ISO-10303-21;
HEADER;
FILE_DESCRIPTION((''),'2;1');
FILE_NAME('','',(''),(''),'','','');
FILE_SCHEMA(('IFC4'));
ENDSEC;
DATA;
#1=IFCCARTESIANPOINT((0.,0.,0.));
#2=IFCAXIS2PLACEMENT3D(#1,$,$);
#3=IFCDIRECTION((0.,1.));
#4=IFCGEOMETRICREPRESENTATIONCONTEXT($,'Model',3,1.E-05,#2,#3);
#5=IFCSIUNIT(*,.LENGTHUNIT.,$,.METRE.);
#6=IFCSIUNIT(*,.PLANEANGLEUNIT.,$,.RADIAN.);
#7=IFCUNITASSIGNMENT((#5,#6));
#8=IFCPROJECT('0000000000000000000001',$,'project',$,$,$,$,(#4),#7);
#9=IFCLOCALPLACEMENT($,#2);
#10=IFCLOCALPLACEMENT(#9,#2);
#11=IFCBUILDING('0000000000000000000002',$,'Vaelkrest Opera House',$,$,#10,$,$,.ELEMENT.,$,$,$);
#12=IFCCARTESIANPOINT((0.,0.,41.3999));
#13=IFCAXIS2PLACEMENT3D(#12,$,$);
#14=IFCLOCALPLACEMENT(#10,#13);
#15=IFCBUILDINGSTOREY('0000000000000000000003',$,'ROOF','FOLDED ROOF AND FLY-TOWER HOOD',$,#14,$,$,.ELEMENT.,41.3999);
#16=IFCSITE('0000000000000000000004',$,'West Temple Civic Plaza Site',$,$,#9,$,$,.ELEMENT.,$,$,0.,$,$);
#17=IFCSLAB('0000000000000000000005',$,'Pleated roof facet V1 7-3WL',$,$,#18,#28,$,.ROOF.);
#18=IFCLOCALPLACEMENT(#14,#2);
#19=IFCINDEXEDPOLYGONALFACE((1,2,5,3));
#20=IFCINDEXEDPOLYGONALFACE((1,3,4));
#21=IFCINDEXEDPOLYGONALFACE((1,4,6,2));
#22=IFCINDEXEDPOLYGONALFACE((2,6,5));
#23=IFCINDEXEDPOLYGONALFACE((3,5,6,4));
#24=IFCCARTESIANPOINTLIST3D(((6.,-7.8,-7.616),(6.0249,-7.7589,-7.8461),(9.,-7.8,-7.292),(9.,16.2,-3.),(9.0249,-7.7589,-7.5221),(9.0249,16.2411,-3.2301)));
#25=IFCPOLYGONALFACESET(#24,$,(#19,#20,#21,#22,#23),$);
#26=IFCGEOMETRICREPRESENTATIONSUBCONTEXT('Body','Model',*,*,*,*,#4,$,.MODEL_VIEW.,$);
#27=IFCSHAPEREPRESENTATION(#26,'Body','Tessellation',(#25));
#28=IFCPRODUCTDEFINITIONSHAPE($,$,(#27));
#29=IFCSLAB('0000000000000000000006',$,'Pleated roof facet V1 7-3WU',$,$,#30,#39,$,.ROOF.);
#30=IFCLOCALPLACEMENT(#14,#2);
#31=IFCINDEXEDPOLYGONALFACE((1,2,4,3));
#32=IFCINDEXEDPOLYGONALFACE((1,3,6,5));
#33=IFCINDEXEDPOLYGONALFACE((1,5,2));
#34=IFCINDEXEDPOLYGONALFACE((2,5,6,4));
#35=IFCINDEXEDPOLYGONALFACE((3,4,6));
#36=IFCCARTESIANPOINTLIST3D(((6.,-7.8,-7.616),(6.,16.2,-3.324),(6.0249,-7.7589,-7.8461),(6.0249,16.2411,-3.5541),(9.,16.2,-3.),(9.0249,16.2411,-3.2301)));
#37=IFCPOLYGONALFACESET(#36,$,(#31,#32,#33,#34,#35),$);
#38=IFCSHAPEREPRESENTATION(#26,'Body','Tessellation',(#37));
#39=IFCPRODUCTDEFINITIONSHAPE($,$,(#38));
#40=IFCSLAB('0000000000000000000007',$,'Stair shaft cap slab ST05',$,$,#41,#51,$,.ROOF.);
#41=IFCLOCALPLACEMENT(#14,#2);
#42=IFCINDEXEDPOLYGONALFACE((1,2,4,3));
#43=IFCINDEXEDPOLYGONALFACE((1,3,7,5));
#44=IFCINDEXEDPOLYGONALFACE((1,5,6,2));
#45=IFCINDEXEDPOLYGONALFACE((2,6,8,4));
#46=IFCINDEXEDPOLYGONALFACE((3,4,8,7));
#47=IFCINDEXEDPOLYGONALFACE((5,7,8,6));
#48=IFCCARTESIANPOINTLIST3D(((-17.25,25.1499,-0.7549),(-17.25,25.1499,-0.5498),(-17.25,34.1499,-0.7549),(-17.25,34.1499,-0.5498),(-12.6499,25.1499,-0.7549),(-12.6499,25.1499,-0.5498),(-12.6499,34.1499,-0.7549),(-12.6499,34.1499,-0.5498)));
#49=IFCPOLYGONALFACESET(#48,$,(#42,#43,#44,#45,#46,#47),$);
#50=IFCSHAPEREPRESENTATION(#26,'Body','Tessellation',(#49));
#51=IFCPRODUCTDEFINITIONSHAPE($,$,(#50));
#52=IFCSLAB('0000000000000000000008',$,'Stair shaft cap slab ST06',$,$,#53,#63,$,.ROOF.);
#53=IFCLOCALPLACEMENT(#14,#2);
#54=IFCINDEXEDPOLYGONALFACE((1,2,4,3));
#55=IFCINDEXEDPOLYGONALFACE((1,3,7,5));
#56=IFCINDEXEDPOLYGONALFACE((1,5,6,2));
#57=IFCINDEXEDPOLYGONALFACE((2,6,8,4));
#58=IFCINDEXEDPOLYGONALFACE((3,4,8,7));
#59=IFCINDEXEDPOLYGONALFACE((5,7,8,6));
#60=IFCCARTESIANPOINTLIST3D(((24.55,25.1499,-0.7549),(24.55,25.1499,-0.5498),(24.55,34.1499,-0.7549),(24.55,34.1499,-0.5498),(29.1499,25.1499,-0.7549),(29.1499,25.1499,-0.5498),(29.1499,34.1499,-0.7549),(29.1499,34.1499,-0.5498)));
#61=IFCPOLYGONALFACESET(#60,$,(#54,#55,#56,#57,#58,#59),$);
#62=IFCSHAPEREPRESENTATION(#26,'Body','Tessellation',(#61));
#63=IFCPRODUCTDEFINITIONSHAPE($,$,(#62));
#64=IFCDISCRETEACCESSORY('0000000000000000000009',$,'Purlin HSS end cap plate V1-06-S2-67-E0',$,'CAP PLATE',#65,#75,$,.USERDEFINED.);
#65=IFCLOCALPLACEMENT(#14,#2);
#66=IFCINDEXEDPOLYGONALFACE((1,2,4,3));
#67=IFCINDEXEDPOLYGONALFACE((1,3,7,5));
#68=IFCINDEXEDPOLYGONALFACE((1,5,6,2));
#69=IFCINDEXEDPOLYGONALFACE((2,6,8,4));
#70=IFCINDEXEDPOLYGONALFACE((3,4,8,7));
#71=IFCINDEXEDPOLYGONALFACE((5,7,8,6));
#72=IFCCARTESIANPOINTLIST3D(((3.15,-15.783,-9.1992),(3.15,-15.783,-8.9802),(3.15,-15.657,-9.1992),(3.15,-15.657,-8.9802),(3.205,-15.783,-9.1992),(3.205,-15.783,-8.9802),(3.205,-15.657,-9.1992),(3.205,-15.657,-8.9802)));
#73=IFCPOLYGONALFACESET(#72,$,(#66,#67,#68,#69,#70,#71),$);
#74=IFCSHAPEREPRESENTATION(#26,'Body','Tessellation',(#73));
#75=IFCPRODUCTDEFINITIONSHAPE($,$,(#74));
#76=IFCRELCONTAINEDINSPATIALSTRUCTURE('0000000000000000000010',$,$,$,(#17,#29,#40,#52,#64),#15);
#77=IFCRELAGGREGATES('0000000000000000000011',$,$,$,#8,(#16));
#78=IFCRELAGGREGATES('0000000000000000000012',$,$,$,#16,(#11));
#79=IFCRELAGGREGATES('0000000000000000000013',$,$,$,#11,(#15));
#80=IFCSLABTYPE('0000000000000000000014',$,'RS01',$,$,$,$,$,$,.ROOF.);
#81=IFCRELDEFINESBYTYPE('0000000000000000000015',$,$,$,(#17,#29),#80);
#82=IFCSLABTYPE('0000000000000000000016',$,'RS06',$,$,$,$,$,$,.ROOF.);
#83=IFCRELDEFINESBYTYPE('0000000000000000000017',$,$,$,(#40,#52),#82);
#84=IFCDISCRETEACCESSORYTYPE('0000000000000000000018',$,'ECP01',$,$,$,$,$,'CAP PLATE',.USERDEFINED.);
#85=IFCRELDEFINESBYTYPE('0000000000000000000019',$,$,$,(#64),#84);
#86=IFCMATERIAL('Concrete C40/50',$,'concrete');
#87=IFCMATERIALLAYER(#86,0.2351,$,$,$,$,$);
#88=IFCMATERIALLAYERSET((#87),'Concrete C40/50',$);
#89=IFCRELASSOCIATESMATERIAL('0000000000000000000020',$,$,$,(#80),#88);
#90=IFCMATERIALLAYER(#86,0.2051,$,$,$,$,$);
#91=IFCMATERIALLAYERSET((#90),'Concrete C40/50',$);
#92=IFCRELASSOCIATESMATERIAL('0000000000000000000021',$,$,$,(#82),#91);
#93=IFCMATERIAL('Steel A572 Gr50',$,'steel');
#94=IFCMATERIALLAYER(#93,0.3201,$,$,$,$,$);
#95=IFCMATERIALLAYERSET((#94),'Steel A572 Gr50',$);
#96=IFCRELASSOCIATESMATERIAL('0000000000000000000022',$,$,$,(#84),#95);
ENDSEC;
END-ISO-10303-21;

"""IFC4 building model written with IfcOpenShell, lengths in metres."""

from ifc_helpers import new_model, si_unit, direction, frame, origin, origin_2d, place, context, subcontext, project, spatial, polyline, rectangle, outline, extrude, material, layer, layer_set, type_object, element, save


model = new_model("IFC4")

# Units and contexts
model_context = context("Model", 3, precision=1e-05, world=origin(), true_north=direction((0.0, 1.0)))
body_context = subcontext(model_context, "Body", "Model", "MODEL_VIEW")
ifc_project = project(units=[si_unit("LENGTHUNIT", "METRE"), si_unit("PLANEANGLEUNIT", "RADIAN")], contexts=[model_context])

# Site, building, storey
site_placement = place(None, origin())
site = spatial("IfcSite", under=ifc_project, at=site_placement, Name="West Temple Civic Plaza Site", CompositionType="ELEMENT", RefElevation=0.0)
building_placement = place(site_placement, origin())
building = spatial("IfcBuilding", under=site, at=building_placement, Name="Vaelkrest Opera House", CompositionType="ELEMENT")
storey_placement = place(building_placement, frame((0.0, 0.0, 41.3999)))
storey = spatial("IfcBuildingStorey", under=building, at=storey_placement, Name="ROOF", Description="FOLDED ROOF AND FLY-TOWER HOOD", CompositionType="ELEMENT", Elevation=41.3999)

# Shared definitions
ifc_material_1 = material(Name="Steel A572 Gr50", Category="steel")

# Slabs
ifc_material_2 = material(Name="Concrete C40/50", Category="concrete")
ifc_layer_1 = layer(ifc_material_2, 0.2351)
ifc_layer_set_1 = layer_set([ifc_layer_1], Name="Concrete C40/50")
slab_type_1 = type_object("IfcSlabType", Name="RS01", PredefinedType="ROOF", material=ifc_layer_set_1)
slab_1_placement = place(storey_placement, frame((6.0, -7.8, -7.616), z_axis=(-0.105709, -0.175054, 0.978868), x_axis=(0.994219, 0.0, 0.107367)))
element("IfcSlab", 1, at=slab_1_placement, inside=storey, type_object=slab_type_1, Name="Pleated roof facet V1 7-3WL", PredefinedType="ROOF", context=body_context, shape_type="SweptSolid", body=[
    extrude(outline(polyline([(0.0, 0.0), (3.0174, 0.0), (3.4783, 24.3764), (0.0, 0.0)])), origin(), (0.0, 0.0, -1.0), 0.2351),
])
slab_2_placement = place(storey_placement, frame((6.0, -7.8, -7.616), z_axis=(-0.105709, -0.175054, 0.978868), x_axis=(0.121836, 0.974686, 0.187463)))
element("IfcSlab", 2, at=slab_2_placement, inside=storey, type_object=slab_type_1, Name="Pleated roof facet V1 7-3WU", PredefinedType="ROOF", context=body_context, shape_type="SweptSolid", body=[
    extrude(outline(polyline([(0.0, 0.0), (24.6233, 0.0), (24.1971, 2.9872), (0.0, 0.0)])), origin(), (0.0, 0.0, -1.0), 0.2351),
])
ifc_layer_2 = layer(ifc_material_2, 0.2051)
ifc_layer_set_2 = layer_set([ifc_layer_2], Name="Concrete C40/50")
slab_type_2 = type_object("IfcSlabType", Name="RS06", PredefinedType="ROOF", material=ifc_layer_set_2)
slab_3_placement = place(storey_placement, frame((0.0, 0.0, -0.7549)))
element("IfcSlab", 3, at=slab_3_placement, inside=storey, type_object=slab_type_2, Name="Stair shaft cap slab ST05", PredefinedType="ROOF", context=body_context, shape_type="SweptSolid", body=[
    extrude(outline(polyline([(-17.25, 25.1499), (-12.6499, 25.1499), (-12.6499, 34.1499), (-17.25, 34.1499), (-17.25, 25.1499)])), origin(), (0.0, 0.0, 1.0), 0.2051),
])
slab_4_placement = place(storey_placement, frame((0.0, 0.0, -0.7549)))
element("IfcSlab", 4, at=slab_4_placement, inside=storey, type_object=slab_type_2, Name="Stair shaft cap slab ST06", PredefinedType="ROOF", context=body_context, shape_type="SweptSolid", body=[
    extrude(outline(polyline([(24.55, 25.1499), (29.1499, 25.1499), (29.1499, 34.1499), (24.55, 34.1499), (24.55, 25.1499)])), origin(), (0.0, 0.0, 1.0), 0.2051),
])

# Discrete accessory
ifc_layer_3 = layer(ifc_material_1, 0.3201)
ifc_layer_set_3 = layer_set([ifc_layer_3], Name="Steel A572 Gr50")
discrete_accessory_type = type_object("IfcDiscreteAccessoryType", Name="ECP01", ElementType="CAP PLATE", PredefinedType="USERDEFINED", material=ifc_layer_set_3)
discrete_accessory_placement = place(storey_placement, frame((3.1775, -15.72, -9.1992), z_axis=(0.0, 0.0, 1.0), x_axis=(1.0, 0.0, 0.0)))
element("IfcDiscreteAccessory", 5, at=discrete_accessory_placement, inside=storey, type_object=discrete_accessory_type, Name="Purlin HSS end cap plate V1-06-S2-67-E0", ObjectType="CAP PLATE", PredefinedType="USERDEFINED", context=body_context, shape_type="SweptSolid", body=[
    extrude(rectangle(XDim=0.0549, YDim=0.126, at=origin_2d()), origin(), (0.0, 0.0, 1.0), 0.219),
])

save(model, "model.ifc")
